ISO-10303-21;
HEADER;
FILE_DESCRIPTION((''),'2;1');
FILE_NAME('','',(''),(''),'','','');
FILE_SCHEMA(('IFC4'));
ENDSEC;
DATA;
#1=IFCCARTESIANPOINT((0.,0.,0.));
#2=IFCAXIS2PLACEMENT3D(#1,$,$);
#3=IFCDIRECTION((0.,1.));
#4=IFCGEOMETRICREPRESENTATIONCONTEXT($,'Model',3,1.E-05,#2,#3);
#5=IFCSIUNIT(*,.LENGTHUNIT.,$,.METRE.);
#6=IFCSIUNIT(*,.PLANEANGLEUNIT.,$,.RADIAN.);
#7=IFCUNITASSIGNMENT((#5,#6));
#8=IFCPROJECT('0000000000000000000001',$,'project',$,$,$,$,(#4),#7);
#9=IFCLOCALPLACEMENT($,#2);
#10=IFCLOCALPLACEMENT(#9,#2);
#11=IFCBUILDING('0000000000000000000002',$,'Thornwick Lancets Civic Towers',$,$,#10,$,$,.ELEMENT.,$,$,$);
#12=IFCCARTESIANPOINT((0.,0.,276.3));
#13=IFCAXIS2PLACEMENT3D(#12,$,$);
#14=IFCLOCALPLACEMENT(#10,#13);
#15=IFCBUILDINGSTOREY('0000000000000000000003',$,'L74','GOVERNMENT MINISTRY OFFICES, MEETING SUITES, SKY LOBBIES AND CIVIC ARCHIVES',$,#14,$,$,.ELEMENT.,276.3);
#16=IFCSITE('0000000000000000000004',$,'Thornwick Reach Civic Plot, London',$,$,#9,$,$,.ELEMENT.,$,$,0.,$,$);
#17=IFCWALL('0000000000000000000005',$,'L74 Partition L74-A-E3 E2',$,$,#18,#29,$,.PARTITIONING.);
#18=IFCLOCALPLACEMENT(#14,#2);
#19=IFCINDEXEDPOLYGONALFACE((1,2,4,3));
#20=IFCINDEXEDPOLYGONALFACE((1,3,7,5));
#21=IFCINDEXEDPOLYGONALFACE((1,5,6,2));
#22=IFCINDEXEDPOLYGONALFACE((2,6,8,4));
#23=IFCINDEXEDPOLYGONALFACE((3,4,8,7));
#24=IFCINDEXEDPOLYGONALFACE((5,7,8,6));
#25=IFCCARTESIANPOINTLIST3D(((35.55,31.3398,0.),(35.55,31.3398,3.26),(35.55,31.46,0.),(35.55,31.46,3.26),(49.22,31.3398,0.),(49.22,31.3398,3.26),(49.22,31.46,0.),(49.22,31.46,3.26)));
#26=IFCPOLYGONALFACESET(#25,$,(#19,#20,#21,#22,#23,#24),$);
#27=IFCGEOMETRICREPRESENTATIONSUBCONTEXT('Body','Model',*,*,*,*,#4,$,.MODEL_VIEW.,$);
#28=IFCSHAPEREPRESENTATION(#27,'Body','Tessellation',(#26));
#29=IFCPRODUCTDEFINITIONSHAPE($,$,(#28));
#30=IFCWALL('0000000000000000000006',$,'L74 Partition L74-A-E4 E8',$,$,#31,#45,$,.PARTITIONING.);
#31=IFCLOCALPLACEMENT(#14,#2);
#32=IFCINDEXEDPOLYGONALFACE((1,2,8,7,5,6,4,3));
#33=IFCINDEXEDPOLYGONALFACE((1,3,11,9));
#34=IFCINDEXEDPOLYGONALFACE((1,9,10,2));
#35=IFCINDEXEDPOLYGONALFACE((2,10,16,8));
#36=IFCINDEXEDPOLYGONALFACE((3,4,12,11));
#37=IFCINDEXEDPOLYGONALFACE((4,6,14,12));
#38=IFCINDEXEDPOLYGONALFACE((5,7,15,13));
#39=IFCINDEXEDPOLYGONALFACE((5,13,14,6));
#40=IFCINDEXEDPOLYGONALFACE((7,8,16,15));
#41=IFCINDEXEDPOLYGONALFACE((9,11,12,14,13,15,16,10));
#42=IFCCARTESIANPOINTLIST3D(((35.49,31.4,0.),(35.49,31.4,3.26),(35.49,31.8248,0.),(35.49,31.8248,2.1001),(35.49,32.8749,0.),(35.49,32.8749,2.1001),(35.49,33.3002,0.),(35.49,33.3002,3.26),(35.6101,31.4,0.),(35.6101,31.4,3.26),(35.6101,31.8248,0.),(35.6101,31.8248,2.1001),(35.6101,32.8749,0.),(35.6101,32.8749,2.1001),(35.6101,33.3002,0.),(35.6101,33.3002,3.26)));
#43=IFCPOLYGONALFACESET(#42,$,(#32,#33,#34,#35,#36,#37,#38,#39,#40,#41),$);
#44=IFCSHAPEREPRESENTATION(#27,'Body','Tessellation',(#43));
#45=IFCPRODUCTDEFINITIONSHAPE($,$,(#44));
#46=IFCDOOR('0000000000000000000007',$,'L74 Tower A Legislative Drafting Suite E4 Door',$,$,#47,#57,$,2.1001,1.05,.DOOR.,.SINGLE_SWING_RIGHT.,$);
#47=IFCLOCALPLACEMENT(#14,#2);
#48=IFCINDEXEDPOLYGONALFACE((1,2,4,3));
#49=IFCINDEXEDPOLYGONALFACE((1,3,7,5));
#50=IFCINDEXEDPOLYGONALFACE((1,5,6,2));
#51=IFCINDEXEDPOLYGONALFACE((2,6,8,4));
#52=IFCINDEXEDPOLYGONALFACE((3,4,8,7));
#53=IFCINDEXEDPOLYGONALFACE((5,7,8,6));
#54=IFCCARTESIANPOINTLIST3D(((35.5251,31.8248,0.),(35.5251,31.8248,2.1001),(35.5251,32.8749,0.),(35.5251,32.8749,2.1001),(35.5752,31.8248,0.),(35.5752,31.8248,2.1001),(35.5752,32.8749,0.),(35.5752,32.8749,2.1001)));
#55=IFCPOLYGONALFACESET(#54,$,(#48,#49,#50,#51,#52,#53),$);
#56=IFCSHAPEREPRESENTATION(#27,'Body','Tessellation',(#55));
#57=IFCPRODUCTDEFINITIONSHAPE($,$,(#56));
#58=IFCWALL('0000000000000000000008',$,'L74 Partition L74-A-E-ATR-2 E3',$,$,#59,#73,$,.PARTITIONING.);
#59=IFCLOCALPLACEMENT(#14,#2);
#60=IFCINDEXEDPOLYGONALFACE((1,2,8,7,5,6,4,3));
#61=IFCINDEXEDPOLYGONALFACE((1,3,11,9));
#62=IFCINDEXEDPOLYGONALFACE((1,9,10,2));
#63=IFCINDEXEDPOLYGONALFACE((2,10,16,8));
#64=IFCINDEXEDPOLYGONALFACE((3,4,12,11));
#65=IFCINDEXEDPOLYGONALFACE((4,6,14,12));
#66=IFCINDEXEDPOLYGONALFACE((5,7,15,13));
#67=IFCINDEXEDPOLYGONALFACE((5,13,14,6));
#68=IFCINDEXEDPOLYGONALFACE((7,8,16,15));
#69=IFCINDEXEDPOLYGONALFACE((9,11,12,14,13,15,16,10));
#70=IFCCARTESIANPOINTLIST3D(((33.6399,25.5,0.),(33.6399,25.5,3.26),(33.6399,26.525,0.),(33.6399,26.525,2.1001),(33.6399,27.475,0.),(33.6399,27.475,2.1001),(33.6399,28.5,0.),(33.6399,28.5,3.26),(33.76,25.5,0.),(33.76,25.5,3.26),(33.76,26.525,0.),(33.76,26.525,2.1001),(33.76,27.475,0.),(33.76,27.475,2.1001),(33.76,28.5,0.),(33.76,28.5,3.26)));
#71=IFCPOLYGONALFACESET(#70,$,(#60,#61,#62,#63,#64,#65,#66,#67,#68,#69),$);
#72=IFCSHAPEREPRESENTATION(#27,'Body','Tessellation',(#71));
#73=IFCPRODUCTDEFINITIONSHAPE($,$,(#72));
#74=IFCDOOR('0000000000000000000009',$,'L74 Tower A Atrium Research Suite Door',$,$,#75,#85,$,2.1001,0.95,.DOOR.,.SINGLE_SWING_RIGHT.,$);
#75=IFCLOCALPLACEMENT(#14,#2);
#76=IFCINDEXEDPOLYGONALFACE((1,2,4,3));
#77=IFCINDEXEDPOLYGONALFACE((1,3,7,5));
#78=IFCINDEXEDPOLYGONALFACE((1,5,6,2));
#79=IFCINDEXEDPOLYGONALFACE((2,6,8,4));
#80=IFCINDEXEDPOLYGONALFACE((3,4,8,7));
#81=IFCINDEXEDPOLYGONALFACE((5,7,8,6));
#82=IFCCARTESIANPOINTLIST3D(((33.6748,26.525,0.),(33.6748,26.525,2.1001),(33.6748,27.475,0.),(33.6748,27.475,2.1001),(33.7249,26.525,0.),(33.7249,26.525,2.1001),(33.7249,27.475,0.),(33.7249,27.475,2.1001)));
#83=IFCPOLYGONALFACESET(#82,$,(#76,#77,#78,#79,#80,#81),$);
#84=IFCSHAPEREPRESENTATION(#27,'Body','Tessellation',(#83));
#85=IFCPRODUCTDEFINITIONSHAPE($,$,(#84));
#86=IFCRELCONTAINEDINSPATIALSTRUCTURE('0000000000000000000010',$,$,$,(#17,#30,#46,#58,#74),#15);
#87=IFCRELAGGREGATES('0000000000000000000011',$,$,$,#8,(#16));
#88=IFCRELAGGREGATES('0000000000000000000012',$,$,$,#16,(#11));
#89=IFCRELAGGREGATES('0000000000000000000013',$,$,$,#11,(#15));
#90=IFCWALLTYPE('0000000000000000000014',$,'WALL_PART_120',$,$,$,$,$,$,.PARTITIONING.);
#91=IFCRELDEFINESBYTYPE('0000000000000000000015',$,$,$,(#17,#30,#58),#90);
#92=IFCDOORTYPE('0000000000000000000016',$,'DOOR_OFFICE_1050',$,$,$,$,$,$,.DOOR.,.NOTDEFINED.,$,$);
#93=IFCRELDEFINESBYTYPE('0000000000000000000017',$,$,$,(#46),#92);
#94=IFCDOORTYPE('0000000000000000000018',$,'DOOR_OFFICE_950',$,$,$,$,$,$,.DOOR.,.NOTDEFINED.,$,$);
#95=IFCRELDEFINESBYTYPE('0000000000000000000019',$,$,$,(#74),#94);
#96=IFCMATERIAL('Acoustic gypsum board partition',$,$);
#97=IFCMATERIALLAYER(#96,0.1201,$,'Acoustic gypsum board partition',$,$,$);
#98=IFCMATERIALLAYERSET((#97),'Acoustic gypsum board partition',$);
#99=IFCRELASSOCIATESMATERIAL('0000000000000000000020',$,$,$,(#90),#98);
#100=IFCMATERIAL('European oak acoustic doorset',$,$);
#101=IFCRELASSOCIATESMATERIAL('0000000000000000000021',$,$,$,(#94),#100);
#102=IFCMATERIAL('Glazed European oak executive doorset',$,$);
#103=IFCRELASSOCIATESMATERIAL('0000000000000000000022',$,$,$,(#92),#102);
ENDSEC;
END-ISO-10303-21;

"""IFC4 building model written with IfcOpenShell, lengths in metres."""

from ifc_helpers import new_model, si_unit, direction, frame, frame_2d, origin, place, context, subcontext, project, spatial, rectangle, extrude, material, layer, layer_set, type_object, element, fill, save


model = new_model("IFC4")

# Units and contexts
model_context = context("Model", 3, precision=1e-05, world=origin(), true_north=direction((0.0, 1.0)))
body_context = subcontext(model_context, "Body", "Model", "MODEL_VIEW")
ifc_project = project(units=[si_unit("LENGTHUNIT", "METRE"), si_unit("PLANEANGLEUNIT", "RADIAN")], contexts=[model_context])

# Site, building, storey
site_placement = place(None, origin())
site = spatial("IfcSite", under=ifc_project, at=site_placement, Name="Thornwick Reach Civic Plot, London", CompositionType="ELEMENT", RefElevation=0.0)
building_placement = place(site_placement, origin())
building = spatial("IfcBuilding", under=site, at=building_placement, Name="Thornwick Lancets Civic Towers", CompositionType="ELEMENT")
storey_placement = place(building_placement, frame((0.0, 0.0, 276.3)))
storey = spatial("IfcBuildingStorey", under=building, at=storey_placement, Name="L74", Description="GOVERNMENT MINISTRY OFFICES, MEETING SUITES, SKY LOBBIES AND CIVIC ARCHIVES", CompositionType="ELEMENT", Elevation=276.3)

# Shared definitions
ifc_material_1 = material(Name="Acoustic gypsum board partition")
ifc_layer_1 = layer(ifc_material_1, 0.1201, Name="Acoustic gypsum board partition")
ifc_layer_set_1 = layer_set([ifc_layer_1], Name="Acoustic gypsum board partition")
wall_type_1 = type_object("IfcWallType", Name="WALL_PART_120", PredefinedType="PARTITIONING", material=ifc_layer_set_1)
ifc_material_2 = material(Name="European oak acoustic doorset")
door_type_1 = type_object("IfcDoorType", Name="DOOR_OFFICE_950", OperationType="NOTDEFINED", PredefinedType="DOOR", material=ifc_material_2)

# Wall
wall_1_placement = place(storey_placement, frame((35.55, 31.3999, 0.0), z_axis=(0.0, 0.0, 1.0), x_axis=(1.0, 0.0, 0.0)))
element("IfcWall", 1, at=wall_1_placement, inside=storey, type_object=wall_type_1, Name="L74 Partition L74-A-E3 E2", PredefinedType="PARTITIONING", context=body_context, shape_type="SweptSolid", body=[
    extrude(rectangle(XDim=13.6699, YDim=0.1201, at=frame_2d((6.835, 0.0))), origin(), (0.0, 0.0, 1.0), 3.26),
])

# Walls, openings, doors
wall_2_placement = place(storey_placement, frame((35.55, 31.3999, 0.0), z_axis=(0.0, 0.0, 1.0), x_axis=(0.0, 1.0, 0.0)))
wall_2 = element("IfcWall", 2, at=wall_2_placement, inside=storey, type_object=wall_type_1, Name="L74 Partition L74-A-E4 E8", PredefinedType="PARTITIONING", context=body_context, shape_type="SweptSolid", body=[
    extrude(rectangle(XDim=1.9001, YDim=0.1201, at=frame_2d((0.9502, 0.0))), origin(), (0.0, 0.0, 1.0), 3.26),
])
opening_1_placement = place(wall_2_placement, frame((0.425, 0.0, 0.0)))
opening_1 = element("IfcOpeningElement", 3, at=opening_1_placement, cuts=wall_2, PredefinedType="OPENING", context=body_context, shape_type="SweptSolid", body=[
    extrude(rectangle(XDim=1.05, YDim=2.1001, at=frame_2d((0.5249, 1.05))), frame((0.0, 0.0701, 0.0), z_axis=(0.0, -1.0, 0.0), x_axis=(1.0, 0.0, 0.0)), (0.0, 0.0, 1.0), 0.1401),
])
ifc_material_3 = material(Name="Glazed European oak executive doorset")
door_type_2 = type_object("IfcDoorType", Name="DOOR_OFFICE_1050", OperationType="NOTDEFINED", PredefinedType="DOOR", material=ifc_material_3)
door_1_placement = place(opening_1_placement, origin())
door_1 = element("IfcDoor", 4, at=door_1_placement, inside=storey, type_object=door_type_2, Name="L74 Tower A Legislative Drafting Suite E4 Door", OperationType="SINGLE_SWING_RIGHT", OverallHeight=2.1001, OverallWidth=1.05, PredefinedType="DOOR", context=body_context, shape_type="SweptSolid", body=[
    extrude(rectangle(XDim=1.05, YDim=2.1001, at=frame_2d((0.5249, 1.05))), frame((0.0, 0.0249, 0.0), z_axis=(0.0, -1.0, 0.0), x_axis=(1.0, 0.0, 0.0)), (0.0, 0.0, 1.0), 0.05),
])
fill(opening_1, door_1)
wall_3_placement = place(storey_placement, frame((33.7, 28.5, 0.0), z_axis=(0.0, 0.0, 1.0), x_axis=(0.0, -1.0, 0.0)))
wall_3 = element("IfcWall", 5, at=wall_3_placement, inside=storey, type_object=wall_type_1, Name="L74 Partition L74-A-E-ATR-2 E3", PredefinedType="PARTITIONING", context=body_context, shape_type="SweptSolid", body=[
    extrude(rectangle(XDim=3.0, YDim=0.1201, at=frame_2d((1.5, 0.0))), origin(), (0.0, 0.0, 1.0), 3.26),
])
opening_2_placement = place(wall_3_placement, frame((1.0249, 0.0, 0.0)))
opening_2 = element("IfcOpeningElement", 6, at=opening_2_placement, cuts=wall_3, PredefinedType="OPENING", context=body_context, shape_type="SweptSolid", body=[
    extrude(rectangle(XDim=0.95, YDim=2.1001, at=frame_2d((0.4751, 1.05))), frame((0.0, 0.0701, 0.0), z_axis=(0.0, -1.0, 0.0), x_axis=(1.0, 0.0, 0.0)), (0.0, 0.0, 1.0), 0.1401),
])
door_2_placement = place(opening_2_placement, origin())
door_2 = element("IfcDoor", 7, at=door_2_placement, inside=storey, type_object=door_type_1, Name="L74 Tower A Atrium Research Suite Door", OperationType="SINGLE_SWING_RIGHT", OverallHeight=2.1001, OverallWidth=0.95, PredefinedType="DOOR", context=body_context, shape_type="SweptSolid", body=[
    extrude(rectangle(XDim=0.95, YDim=2.1001, at=frame_2d((0.4751, 1.05))), frame((0.0, 0.0249, 0.0), z_axis=(0.0, -1.0, 0.0), x_axis=(1.0, 0.0, 0.0)), (0.0, 0.0, 1.0), 0.05),
])
fill(opening_2, door_2)

save(model, "model.ifc")
